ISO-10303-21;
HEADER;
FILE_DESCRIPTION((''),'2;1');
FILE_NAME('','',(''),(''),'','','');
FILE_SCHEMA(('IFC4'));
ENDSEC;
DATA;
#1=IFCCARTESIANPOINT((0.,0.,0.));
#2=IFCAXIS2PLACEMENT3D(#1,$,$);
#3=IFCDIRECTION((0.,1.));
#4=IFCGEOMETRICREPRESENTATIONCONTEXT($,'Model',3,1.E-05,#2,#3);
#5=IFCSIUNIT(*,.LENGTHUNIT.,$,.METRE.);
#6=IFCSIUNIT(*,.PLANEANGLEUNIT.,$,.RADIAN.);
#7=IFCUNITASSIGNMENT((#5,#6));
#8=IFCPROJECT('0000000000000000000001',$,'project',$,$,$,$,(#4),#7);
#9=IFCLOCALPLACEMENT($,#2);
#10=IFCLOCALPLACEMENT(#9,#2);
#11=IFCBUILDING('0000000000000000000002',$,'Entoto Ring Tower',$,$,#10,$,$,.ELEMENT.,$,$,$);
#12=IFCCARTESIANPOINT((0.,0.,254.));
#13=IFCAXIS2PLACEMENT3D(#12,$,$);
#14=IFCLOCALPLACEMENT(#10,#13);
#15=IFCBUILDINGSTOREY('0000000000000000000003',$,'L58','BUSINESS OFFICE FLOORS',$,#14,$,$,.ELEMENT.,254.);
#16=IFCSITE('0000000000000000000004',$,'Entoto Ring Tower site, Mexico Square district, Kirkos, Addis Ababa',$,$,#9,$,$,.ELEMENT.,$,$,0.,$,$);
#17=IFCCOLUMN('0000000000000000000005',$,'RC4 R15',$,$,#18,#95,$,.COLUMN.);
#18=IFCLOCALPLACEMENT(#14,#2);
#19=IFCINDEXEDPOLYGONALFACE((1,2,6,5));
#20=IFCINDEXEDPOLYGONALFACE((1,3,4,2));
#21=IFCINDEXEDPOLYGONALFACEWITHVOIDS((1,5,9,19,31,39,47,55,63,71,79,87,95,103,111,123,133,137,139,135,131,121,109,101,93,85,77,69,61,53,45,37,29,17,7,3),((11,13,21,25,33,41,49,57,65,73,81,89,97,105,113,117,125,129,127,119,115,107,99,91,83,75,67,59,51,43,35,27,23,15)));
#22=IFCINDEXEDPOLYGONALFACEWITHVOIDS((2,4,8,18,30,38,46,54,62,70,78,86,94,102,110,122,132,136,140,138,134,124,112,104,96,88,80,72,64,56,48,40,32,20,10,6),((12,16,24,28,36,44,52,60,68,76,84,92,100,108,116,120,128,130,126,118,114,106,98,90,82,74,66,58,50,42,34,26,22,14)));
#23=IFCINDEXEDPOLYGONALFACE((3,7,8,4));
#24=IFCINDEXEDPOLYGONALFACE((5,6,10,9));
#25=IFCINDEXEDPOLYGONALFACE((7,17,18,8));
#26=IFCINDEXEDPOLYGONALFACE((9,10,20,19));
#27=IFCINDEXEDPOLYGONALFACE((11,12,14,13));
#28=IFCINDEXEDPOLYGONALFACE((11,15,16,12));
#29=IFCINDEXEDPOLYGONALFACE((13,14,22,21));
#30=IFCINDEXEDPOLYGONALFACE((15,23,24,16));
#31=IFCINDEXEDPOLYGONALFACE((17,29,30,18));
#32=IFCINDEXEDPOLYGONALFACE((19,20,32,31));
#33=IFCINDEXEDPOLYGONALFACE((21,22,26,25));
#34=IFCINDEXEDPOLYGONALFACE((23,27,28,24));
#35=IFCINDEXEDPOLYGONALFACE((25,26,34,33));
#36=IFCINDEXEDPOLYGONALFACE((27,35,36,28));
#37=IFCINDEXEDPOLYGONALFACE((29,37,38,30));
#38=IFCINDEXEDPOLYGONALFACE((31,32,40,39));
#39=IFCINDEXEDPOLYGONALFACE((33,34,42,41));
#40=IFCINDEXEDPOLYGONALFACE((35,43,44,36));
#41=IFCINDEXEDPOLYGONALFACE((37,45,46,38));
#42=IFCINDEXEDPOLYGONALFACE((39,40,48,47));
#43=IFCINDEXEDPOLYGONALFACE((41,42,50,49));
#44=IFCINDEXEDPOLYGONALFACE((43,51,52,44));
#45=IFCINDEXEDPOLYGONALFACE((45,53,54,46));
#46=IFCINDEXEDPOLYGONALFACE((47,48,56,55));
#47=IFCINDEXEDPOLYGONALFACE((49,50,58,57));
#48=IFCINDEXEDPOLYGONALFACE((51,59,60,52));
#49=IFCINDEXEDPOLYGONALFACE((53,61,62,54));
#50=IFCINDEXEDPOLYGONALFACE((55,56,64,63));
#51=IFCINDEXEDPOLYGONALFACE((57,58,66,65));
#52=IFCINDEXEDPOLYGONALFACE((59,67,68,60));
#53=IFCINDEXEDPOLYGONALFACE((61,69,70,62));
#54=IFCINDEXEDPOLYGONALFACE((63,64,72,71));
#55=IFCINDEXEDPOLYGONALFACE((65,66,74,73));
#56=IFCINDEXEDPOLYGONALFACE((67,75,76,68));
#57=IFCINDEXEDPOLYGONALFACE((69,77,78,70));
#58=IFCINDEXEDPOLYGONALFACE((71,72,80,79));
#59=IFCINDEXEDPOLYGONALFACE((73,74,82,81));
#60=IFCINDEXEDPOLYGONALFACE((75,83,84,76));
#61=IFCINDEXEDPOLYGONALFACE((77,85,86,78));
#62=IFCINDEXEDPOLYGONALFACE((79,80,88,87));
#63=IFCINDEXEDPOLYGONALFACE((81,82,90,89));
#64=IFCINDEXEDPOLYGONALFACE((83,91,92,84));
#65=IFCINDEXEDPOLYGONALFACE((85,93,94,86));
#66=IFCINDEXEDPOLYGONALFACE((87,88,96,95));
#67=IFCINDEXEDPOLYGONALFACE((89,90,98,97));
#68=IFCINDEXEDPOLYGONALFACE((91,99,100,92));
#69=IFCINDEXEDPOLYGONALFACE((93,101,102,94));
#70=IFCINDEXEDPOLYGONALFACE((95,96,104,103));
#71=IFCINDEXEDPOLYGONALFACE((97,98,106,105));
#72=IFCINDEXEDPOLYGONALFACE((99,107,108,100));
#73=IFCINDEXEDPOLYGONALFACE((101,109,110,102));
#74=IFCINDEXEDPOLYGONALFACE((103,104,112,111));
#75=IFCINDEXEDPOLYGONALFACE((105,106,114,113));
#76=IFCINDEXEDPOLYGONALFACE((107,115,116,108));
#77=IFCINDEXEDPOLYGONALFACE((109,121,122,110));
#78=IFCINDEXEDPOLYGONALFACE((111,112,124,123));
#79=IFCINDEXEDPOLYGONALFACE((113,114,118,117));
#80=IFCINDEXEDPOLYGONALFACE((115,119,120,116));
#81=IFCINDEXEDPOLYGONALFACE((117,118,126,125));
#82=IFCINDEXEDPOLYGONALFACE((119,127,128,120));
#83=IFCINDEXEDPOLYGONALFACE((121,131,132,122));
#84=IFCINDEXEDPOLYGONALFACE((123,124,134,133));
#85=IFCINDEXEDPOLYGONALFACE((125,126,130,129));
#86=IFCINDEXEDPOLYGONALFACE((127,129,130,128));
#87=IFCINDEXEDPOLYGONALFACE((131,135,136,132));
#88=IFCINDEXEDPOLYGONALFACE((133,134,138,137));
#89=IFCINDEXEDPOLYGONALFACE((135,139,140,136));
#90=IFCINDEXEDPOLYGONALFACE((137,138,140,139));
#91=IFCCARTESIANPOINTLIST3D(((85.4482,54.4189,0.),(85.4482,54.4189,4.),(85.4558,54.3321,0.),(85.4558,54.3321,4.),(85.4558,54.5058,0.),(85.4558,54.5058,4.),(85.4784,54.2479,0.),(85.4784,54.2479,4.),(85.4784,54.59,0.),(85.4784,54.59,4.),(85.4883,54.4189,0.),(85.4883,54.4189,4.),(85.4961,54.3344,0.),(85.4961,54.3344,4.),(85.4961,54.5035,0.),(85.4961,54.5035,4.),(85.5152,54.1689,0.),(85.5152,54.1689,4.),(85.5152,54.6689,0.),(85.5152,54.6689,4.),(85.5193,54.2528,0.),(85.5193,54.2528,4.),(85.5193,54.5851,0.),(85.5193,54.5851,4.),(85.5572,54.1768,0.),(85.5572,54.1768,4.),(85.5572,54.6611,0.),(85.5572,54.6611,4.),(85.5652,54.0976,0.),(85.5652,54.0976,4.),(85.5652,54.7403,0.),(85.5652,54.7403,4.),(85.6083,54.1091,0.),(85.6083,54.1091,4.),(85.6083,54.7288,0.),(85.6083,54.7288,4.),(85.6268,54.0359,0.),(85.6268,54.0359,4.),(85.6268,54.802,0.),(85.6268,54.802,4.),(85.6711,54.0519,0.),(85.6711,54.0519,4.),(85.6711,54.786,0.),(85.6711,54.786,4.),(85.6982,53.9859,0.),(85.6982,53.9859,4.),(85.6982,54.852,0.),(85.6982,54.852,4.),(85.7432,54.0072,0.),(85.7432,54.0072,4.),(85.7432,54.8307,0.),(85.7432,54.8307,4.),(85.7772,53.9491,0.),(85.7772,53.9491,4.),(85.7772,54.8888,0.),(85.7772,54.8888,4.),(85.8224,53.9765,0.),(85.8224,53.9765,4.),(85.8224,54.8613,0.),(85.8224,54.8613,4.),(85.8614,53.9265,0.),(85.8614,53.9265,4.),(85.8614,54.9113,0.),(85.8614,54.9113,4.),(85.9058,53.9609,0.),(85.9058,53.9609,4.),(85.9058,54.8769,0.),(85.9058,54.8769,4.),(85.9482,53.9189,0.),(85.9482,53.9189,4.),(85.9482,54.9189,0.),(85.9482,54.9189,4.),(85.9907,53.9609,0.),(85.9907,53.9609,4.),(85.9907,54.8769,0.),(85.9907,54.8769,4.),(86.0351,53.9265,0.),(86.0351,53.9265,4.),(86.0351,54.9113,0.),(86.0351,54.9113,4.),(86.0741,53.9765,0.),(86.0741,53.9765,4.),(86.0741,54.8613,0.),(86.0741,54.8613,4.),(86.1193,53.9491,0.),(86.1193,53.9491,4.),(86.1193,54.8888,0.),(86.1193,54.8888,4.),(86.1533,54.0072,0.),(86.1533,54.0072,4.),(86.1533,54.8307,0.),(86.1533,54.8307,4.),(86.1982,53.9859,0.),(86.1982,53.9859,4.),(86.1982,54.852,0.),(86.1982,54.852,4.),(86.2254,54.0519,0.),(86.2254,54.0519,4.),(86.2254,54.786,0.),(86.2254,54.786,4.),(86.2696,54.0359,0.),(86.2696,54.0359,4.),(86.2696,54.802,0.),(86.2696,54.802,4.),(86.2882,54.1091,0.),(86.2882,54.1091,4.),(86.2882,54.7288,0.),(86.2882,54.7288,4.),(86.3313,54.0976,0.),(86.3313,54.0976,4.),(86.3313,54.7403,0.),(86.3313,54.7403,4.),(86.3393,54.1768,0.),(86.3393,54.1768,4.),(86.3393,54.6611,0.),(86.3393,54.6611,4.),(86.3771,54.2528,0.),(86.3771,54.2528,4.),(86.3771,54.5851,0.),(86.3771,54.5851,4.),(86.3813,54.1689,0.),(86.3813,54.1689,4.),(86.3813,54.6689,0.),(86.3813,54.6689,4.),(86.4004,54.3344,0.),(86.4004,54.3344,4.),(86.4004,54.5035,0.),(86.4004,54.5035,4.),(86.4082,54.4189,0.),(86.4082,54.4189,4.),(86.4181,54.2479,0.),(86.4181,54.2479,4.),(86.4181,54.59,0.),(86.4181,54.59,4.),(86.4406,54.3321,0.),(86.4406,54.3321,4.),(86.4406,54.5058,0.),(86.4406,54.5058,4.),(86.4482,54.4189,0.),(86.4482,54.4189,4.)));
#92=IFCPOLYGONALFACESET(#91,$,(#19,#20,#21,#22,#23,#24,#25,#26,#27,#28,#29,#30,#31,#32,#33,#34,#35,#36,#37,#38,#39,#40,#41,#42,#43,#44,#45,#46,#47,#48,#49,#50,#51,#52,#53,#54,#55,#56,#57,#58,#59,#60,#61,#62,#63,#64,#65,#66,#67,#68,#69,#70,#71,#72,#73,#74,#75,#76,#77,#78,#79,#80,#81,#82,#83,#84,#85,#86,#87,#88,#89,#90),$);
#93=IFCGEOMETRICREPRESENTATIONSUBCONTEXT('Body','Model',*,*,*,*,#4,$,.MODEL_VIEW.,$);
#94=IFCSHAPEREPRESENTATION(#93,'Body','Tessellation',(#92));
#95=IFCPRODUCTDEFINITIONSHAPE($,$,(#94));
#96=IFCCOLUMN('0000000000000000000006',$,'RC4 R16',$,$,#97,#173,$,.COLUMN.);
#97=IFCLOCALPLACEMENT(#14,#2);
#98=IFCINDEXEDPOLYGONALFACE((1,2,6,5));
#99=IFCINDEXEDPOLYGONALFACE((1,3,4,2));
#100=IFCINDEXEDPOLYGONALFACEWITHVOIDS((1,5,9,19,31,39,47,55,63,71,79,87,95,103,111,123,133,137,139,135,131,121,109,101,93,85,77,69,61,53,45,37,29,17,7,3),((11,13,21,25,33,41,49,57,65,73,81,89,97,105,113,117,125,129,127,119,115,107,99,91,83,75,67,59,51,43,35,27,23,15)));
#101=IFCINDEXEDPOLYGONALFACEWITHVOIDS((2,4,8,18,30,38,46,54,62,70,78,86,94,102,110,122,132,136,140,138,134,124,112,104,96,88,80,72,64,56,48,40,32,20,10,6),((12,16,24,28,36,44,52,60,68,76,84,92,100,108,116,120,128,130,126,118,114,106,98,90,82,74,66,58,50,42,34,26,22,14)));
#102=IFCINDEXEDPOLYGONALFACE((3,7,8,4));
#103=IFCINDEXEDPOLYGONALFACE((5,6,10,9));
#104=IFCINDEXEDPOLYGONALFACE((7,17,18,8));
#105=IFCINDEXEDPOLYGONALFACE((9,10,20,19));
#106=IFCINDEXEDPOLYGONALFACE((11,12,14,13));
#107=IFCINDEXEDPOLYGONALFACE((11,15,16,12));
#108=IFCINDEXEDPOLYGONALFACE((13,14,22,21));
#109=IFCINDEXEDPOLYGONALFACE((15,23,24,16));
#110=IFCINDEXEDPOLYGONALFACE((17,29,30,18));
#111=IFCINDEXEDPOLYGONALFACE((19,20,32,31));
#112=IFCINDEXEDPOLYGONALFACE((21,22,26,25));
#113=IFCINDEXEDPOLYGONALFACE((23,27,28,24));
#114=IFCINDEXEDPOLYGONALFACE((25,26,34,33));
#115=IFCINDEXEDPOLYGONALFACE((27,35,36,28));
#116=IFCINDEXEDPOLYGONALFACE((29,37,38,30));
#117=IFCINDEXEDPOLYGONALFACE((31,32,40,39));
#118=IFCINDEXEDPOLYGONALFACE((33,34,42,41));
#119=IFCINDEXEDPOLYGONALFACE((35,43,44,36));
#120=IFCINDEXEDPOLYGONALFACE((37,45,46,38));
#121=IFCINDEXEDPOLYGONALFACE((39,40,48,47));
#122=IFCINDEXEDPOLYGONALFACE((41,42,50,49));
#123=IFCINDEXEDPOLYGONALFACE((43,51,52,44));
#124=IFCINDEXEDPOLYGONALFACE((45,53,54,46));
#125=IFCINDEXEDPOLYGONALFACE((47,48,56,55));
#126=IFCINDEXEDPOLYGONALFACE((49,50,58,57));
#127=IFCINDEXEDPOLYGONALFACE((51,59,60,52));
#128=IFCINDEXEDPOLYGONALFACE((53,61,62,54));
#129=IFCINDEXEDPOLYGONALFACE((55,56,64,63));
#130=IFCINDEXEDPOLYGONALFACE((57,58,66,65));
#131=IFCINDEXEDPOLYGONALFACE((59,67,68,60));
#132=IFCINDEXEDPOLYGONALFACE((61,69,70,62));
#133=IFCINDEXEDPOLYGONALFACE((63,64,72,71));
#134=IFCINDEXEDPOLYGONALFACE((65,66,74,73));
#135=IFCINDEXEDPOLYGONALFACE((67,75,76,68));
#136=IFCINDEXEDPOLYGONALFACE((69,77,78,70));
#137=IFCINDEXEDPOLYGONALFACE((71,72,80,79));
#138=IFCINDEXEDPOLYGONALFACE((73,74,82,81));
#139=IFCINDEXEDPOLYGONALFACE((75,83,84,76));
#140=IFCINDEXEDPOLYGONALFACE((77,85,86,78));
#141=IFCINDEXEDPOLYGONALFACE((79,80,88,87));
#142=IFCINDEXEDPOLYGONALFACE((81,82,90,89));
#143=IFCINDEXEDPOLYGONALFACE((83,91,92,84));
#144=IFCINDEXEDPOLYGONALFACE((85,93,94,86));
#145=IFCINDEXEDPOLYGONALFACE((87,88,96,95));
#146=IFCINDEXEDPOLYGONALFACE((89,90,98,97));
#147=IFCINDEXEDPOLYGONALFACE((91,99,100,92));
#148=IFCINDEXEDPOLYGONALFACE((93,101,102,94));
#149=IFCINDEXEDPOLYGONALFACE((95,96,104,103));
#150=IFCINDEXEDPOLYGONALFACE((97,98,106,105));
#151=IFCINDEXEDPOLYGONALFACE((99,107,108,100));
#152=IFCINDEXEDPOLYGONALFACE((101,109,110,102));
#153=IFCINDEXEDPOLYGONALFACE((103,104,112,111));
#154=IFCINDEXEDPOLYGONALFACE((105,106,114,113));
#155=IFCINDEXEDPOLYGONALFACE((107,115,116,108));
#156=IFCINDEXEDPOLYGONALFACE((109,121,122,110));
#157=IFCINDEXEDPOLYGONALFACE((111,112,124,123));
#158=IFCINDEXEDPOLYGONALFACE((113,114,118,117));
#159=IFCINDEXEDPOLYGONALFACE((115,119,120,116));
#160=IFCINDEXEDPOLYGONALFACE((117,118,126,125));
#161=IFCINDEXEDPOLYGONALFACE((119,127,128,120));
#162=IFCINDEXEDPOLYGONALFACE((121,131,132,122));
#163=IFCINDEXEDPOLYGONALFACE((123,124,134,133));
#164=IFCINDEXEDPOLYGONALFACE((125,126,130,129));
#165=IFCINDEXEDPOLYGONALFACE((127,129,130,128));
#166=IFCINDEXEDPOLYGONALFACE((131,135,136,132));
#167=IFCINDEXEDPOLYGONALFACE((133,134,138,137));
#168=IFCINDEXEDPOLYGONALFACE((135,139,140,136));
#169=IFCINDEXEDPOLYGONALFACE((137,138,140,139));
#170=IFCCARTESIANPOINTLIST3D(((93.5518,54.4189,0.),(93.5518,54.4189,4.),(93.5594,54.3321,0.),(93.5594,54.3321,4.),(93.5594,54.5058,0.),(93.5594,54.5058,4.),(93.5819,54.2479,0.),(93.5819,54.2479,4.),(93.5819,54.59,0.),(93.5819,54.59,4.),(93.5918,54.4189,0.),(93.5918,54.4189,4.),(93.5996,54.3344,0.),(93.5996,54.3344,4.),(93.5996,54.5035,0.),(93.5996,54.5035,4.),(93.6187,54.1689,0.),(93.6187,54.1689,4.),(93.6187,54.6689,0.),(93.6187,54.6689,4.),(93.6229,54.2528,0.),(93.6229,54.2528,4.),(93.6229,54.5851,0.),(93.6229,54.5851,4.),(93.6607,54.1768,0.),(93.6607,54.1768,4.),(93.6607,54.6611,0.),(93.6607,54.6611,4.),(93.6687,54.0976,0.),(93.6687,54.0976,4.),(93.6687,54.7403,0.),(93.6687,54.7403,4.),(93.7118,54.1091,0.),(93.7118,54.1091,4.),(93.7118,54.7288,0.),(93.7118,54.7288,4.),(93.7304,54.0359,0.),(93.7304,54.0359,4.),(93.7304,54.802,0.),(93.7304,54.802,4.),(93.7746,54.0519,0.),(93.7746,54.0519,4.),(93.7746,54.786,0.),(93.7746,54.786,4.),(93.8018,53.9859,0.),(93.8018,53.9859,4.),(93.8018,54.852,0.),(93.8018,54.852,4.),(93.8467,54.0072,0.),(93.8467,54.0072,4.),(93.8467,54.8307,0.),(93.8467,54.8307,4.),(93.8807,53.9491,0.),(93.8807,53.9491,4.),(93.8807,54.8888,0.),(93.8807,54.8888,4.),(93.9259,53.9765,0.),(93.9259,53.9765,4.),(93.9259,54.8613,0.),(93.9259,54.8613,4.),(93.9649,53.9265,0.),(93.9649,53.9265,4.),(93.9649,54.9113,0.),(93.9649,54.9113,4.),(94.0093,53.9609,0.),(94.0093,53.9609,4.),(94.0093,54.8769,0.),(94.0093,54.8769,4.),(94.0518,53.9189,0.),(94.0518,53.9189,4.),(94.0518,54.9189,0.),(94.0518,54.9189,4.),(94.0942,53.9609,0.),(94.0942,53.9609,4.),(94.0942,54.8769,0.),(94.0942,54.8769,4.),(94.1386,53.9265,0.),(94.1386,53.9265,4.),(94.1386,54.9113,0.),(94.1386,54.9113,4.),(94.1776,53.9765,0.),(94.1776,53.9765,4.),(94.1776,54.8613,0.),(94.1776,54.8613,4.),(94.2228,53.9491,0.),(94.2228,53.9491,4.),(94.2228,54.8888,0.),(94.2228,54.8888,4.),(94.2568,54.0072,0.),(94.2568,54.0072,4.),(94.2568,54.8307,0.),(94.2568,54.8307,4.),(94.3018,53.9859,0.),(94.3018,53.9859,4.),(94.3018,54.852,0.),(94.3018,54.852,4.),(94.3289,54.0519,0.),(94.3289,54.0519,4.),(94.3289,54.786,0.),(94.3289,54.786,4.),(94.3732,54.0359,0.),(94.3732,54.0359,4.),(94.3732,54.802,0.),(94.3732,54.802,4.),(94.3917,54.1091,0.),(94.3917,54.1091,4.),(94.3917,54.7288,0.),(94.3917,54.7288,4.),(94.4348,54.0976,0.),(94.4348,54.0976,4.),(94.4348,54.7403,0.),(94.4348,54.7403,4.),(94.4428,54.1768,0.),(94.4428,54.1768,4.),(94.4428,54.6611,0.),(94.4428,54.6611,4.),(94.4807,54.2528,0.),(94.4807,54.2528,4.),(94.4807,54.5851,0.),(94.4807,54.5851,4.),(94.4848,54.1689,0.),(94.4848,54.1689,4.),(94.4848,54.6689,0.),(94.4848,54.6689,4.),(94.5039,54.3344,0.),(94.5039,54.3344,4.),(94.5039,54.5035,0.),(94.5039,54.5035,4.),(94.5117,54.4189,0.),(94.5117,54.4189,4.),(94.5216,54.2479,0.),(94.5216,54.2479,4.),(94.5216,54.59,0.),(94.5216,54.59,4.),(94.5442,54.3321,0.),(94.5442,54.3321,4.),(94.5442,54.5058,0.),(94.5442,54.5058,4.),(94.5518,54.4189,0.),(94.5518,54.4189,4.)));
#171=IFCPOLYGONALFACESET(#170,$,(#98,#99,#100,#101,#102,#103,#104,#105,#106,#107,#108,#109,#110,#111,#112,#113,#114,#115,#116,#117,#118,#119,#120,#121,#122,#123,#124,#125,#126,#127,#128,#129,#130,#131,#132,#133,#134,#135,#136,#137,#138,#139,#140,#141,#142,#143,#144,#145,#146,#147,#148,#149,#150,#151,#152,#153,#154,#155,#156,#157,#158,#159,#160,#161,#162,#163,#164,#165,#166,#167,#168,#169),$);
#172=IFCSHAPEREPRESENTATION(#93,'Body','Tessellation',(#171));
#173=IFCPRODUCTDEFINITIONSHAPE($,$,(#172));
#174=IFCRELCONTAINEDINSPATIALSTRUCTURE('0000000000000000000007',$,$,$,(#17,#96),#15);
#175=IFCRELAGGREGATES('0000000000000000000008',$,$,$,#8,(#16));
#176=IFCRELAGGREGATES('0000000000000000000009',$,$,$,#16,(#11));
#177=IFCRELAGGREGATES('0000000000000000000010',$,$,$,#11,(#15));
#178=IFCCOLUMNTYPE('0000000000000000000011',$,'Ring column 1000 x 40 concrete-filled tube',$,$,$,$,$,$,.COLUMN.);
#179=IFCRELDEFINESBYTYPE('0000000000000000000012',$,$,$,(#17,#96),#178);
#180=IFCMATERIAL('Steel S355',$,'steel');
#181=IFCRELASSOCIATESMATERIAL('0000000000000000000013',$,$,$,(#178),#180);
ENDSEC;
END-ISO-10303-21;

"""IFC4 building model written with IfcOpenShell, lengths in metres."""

from ifc_helpers import new_model, si_unit, direction, frame, origin, origin_2d, place, context, subcontext, project, spatial, circle, hollow_circle, extrude, material, material_profile, profile_set, type_object, element, save


model = new_model("IFC4")

# Units and contexts
model_context = context("Model", 3, precision=1e-05, world=origin(), true_north=direction((0.0, 1.0)))
body_context = subcontext(model_context, "Body", "Model", "MODEL_VIEW")
ifc_project = project(units=[si_unit("LENGTHUNIT", "METRE"), si_unit("PLANEANGLEUNIT", "RADIAN")], contexts=[model_context])

# Site, building, storey
site_placement = place(None, origin())
site = spatial("IfcSite", under=ifc_project, at=site_placement, Name="Entoto Ring Tower site, Mexico Square district, Kirkos, Addis Ababa", CompositionType="ELEMENT", RefElevation=0.0)
building_placement = place(site_placement, origin())
building = spatial("IfcBuilding", under=site, at=building_placement, Name="Entoto Ring Tower", CompositionType="ELEMENT")
storey_placement = place(building_placement, frame((0.0, 0.0, 254.0)))
storey = spatial("IfcBuildingStorey", under=building, at=storey_placement, Name="L58", Description="BUSINESS OFFICE FLOORS", CompositionType="ELEMENT", Elevation=254.0)

# Columns
ifc_material_1 = material(Name="Steel S355", Category="steel")
ifc_material_profile_1 = material_profile(ifc_material_1, hollow_circle(Radius=0.5, WallThickness=0.04, at=origin_2d()), Name="CHS 1000 x 40")
ifc_material_2 = material(Name="Concrete C60/75", Category="concrete")
ifc_material_profile_2 = material_profile(ifc_material_2, circle(Radius=0.46, at=origin_2d()), Name="Concrete C60/75 infill")
ifc_profile_set_1 = profile_set([ifc_material_profile_1, ifc_material_profile_2], Name="Steel S355")
column_type = type_object("IfcColumnType", Name="Ring column 1000 x 40 concrete-filled tube", PredefinedType="COLUMN", material=ifc_profile_set_1)
for number, where, z_axis, x_axis, name in (
    (1, (85.9482, 54.4189, 0.0), (0.0, 0.0, 1.0), (1.0, 0.0, 0.0), "RC4 R15"),
    (2, (94.0518, 54.4189, 0.0), (0.0, 0.0, 1.0), (1.0, 0.0, 0.0), "RC4 R16"),
):
    element("IfcColumn", number, at=place(storey_placement, frame(where, z_axis=z_axis, x_axis=x_axis)), inside=storey, type_object=column_type, Name=name, PredefinedType="COLUMN", context=body_context, shape_type="SweptSolid", body=[
        extrude(hollow_circle(Radius=0.5, WallThickness=0.04, at=origin_2d()), origin(), (0.0, 0.0, 1.0), 4.0),
    ])

save(model, "model.ifc")
